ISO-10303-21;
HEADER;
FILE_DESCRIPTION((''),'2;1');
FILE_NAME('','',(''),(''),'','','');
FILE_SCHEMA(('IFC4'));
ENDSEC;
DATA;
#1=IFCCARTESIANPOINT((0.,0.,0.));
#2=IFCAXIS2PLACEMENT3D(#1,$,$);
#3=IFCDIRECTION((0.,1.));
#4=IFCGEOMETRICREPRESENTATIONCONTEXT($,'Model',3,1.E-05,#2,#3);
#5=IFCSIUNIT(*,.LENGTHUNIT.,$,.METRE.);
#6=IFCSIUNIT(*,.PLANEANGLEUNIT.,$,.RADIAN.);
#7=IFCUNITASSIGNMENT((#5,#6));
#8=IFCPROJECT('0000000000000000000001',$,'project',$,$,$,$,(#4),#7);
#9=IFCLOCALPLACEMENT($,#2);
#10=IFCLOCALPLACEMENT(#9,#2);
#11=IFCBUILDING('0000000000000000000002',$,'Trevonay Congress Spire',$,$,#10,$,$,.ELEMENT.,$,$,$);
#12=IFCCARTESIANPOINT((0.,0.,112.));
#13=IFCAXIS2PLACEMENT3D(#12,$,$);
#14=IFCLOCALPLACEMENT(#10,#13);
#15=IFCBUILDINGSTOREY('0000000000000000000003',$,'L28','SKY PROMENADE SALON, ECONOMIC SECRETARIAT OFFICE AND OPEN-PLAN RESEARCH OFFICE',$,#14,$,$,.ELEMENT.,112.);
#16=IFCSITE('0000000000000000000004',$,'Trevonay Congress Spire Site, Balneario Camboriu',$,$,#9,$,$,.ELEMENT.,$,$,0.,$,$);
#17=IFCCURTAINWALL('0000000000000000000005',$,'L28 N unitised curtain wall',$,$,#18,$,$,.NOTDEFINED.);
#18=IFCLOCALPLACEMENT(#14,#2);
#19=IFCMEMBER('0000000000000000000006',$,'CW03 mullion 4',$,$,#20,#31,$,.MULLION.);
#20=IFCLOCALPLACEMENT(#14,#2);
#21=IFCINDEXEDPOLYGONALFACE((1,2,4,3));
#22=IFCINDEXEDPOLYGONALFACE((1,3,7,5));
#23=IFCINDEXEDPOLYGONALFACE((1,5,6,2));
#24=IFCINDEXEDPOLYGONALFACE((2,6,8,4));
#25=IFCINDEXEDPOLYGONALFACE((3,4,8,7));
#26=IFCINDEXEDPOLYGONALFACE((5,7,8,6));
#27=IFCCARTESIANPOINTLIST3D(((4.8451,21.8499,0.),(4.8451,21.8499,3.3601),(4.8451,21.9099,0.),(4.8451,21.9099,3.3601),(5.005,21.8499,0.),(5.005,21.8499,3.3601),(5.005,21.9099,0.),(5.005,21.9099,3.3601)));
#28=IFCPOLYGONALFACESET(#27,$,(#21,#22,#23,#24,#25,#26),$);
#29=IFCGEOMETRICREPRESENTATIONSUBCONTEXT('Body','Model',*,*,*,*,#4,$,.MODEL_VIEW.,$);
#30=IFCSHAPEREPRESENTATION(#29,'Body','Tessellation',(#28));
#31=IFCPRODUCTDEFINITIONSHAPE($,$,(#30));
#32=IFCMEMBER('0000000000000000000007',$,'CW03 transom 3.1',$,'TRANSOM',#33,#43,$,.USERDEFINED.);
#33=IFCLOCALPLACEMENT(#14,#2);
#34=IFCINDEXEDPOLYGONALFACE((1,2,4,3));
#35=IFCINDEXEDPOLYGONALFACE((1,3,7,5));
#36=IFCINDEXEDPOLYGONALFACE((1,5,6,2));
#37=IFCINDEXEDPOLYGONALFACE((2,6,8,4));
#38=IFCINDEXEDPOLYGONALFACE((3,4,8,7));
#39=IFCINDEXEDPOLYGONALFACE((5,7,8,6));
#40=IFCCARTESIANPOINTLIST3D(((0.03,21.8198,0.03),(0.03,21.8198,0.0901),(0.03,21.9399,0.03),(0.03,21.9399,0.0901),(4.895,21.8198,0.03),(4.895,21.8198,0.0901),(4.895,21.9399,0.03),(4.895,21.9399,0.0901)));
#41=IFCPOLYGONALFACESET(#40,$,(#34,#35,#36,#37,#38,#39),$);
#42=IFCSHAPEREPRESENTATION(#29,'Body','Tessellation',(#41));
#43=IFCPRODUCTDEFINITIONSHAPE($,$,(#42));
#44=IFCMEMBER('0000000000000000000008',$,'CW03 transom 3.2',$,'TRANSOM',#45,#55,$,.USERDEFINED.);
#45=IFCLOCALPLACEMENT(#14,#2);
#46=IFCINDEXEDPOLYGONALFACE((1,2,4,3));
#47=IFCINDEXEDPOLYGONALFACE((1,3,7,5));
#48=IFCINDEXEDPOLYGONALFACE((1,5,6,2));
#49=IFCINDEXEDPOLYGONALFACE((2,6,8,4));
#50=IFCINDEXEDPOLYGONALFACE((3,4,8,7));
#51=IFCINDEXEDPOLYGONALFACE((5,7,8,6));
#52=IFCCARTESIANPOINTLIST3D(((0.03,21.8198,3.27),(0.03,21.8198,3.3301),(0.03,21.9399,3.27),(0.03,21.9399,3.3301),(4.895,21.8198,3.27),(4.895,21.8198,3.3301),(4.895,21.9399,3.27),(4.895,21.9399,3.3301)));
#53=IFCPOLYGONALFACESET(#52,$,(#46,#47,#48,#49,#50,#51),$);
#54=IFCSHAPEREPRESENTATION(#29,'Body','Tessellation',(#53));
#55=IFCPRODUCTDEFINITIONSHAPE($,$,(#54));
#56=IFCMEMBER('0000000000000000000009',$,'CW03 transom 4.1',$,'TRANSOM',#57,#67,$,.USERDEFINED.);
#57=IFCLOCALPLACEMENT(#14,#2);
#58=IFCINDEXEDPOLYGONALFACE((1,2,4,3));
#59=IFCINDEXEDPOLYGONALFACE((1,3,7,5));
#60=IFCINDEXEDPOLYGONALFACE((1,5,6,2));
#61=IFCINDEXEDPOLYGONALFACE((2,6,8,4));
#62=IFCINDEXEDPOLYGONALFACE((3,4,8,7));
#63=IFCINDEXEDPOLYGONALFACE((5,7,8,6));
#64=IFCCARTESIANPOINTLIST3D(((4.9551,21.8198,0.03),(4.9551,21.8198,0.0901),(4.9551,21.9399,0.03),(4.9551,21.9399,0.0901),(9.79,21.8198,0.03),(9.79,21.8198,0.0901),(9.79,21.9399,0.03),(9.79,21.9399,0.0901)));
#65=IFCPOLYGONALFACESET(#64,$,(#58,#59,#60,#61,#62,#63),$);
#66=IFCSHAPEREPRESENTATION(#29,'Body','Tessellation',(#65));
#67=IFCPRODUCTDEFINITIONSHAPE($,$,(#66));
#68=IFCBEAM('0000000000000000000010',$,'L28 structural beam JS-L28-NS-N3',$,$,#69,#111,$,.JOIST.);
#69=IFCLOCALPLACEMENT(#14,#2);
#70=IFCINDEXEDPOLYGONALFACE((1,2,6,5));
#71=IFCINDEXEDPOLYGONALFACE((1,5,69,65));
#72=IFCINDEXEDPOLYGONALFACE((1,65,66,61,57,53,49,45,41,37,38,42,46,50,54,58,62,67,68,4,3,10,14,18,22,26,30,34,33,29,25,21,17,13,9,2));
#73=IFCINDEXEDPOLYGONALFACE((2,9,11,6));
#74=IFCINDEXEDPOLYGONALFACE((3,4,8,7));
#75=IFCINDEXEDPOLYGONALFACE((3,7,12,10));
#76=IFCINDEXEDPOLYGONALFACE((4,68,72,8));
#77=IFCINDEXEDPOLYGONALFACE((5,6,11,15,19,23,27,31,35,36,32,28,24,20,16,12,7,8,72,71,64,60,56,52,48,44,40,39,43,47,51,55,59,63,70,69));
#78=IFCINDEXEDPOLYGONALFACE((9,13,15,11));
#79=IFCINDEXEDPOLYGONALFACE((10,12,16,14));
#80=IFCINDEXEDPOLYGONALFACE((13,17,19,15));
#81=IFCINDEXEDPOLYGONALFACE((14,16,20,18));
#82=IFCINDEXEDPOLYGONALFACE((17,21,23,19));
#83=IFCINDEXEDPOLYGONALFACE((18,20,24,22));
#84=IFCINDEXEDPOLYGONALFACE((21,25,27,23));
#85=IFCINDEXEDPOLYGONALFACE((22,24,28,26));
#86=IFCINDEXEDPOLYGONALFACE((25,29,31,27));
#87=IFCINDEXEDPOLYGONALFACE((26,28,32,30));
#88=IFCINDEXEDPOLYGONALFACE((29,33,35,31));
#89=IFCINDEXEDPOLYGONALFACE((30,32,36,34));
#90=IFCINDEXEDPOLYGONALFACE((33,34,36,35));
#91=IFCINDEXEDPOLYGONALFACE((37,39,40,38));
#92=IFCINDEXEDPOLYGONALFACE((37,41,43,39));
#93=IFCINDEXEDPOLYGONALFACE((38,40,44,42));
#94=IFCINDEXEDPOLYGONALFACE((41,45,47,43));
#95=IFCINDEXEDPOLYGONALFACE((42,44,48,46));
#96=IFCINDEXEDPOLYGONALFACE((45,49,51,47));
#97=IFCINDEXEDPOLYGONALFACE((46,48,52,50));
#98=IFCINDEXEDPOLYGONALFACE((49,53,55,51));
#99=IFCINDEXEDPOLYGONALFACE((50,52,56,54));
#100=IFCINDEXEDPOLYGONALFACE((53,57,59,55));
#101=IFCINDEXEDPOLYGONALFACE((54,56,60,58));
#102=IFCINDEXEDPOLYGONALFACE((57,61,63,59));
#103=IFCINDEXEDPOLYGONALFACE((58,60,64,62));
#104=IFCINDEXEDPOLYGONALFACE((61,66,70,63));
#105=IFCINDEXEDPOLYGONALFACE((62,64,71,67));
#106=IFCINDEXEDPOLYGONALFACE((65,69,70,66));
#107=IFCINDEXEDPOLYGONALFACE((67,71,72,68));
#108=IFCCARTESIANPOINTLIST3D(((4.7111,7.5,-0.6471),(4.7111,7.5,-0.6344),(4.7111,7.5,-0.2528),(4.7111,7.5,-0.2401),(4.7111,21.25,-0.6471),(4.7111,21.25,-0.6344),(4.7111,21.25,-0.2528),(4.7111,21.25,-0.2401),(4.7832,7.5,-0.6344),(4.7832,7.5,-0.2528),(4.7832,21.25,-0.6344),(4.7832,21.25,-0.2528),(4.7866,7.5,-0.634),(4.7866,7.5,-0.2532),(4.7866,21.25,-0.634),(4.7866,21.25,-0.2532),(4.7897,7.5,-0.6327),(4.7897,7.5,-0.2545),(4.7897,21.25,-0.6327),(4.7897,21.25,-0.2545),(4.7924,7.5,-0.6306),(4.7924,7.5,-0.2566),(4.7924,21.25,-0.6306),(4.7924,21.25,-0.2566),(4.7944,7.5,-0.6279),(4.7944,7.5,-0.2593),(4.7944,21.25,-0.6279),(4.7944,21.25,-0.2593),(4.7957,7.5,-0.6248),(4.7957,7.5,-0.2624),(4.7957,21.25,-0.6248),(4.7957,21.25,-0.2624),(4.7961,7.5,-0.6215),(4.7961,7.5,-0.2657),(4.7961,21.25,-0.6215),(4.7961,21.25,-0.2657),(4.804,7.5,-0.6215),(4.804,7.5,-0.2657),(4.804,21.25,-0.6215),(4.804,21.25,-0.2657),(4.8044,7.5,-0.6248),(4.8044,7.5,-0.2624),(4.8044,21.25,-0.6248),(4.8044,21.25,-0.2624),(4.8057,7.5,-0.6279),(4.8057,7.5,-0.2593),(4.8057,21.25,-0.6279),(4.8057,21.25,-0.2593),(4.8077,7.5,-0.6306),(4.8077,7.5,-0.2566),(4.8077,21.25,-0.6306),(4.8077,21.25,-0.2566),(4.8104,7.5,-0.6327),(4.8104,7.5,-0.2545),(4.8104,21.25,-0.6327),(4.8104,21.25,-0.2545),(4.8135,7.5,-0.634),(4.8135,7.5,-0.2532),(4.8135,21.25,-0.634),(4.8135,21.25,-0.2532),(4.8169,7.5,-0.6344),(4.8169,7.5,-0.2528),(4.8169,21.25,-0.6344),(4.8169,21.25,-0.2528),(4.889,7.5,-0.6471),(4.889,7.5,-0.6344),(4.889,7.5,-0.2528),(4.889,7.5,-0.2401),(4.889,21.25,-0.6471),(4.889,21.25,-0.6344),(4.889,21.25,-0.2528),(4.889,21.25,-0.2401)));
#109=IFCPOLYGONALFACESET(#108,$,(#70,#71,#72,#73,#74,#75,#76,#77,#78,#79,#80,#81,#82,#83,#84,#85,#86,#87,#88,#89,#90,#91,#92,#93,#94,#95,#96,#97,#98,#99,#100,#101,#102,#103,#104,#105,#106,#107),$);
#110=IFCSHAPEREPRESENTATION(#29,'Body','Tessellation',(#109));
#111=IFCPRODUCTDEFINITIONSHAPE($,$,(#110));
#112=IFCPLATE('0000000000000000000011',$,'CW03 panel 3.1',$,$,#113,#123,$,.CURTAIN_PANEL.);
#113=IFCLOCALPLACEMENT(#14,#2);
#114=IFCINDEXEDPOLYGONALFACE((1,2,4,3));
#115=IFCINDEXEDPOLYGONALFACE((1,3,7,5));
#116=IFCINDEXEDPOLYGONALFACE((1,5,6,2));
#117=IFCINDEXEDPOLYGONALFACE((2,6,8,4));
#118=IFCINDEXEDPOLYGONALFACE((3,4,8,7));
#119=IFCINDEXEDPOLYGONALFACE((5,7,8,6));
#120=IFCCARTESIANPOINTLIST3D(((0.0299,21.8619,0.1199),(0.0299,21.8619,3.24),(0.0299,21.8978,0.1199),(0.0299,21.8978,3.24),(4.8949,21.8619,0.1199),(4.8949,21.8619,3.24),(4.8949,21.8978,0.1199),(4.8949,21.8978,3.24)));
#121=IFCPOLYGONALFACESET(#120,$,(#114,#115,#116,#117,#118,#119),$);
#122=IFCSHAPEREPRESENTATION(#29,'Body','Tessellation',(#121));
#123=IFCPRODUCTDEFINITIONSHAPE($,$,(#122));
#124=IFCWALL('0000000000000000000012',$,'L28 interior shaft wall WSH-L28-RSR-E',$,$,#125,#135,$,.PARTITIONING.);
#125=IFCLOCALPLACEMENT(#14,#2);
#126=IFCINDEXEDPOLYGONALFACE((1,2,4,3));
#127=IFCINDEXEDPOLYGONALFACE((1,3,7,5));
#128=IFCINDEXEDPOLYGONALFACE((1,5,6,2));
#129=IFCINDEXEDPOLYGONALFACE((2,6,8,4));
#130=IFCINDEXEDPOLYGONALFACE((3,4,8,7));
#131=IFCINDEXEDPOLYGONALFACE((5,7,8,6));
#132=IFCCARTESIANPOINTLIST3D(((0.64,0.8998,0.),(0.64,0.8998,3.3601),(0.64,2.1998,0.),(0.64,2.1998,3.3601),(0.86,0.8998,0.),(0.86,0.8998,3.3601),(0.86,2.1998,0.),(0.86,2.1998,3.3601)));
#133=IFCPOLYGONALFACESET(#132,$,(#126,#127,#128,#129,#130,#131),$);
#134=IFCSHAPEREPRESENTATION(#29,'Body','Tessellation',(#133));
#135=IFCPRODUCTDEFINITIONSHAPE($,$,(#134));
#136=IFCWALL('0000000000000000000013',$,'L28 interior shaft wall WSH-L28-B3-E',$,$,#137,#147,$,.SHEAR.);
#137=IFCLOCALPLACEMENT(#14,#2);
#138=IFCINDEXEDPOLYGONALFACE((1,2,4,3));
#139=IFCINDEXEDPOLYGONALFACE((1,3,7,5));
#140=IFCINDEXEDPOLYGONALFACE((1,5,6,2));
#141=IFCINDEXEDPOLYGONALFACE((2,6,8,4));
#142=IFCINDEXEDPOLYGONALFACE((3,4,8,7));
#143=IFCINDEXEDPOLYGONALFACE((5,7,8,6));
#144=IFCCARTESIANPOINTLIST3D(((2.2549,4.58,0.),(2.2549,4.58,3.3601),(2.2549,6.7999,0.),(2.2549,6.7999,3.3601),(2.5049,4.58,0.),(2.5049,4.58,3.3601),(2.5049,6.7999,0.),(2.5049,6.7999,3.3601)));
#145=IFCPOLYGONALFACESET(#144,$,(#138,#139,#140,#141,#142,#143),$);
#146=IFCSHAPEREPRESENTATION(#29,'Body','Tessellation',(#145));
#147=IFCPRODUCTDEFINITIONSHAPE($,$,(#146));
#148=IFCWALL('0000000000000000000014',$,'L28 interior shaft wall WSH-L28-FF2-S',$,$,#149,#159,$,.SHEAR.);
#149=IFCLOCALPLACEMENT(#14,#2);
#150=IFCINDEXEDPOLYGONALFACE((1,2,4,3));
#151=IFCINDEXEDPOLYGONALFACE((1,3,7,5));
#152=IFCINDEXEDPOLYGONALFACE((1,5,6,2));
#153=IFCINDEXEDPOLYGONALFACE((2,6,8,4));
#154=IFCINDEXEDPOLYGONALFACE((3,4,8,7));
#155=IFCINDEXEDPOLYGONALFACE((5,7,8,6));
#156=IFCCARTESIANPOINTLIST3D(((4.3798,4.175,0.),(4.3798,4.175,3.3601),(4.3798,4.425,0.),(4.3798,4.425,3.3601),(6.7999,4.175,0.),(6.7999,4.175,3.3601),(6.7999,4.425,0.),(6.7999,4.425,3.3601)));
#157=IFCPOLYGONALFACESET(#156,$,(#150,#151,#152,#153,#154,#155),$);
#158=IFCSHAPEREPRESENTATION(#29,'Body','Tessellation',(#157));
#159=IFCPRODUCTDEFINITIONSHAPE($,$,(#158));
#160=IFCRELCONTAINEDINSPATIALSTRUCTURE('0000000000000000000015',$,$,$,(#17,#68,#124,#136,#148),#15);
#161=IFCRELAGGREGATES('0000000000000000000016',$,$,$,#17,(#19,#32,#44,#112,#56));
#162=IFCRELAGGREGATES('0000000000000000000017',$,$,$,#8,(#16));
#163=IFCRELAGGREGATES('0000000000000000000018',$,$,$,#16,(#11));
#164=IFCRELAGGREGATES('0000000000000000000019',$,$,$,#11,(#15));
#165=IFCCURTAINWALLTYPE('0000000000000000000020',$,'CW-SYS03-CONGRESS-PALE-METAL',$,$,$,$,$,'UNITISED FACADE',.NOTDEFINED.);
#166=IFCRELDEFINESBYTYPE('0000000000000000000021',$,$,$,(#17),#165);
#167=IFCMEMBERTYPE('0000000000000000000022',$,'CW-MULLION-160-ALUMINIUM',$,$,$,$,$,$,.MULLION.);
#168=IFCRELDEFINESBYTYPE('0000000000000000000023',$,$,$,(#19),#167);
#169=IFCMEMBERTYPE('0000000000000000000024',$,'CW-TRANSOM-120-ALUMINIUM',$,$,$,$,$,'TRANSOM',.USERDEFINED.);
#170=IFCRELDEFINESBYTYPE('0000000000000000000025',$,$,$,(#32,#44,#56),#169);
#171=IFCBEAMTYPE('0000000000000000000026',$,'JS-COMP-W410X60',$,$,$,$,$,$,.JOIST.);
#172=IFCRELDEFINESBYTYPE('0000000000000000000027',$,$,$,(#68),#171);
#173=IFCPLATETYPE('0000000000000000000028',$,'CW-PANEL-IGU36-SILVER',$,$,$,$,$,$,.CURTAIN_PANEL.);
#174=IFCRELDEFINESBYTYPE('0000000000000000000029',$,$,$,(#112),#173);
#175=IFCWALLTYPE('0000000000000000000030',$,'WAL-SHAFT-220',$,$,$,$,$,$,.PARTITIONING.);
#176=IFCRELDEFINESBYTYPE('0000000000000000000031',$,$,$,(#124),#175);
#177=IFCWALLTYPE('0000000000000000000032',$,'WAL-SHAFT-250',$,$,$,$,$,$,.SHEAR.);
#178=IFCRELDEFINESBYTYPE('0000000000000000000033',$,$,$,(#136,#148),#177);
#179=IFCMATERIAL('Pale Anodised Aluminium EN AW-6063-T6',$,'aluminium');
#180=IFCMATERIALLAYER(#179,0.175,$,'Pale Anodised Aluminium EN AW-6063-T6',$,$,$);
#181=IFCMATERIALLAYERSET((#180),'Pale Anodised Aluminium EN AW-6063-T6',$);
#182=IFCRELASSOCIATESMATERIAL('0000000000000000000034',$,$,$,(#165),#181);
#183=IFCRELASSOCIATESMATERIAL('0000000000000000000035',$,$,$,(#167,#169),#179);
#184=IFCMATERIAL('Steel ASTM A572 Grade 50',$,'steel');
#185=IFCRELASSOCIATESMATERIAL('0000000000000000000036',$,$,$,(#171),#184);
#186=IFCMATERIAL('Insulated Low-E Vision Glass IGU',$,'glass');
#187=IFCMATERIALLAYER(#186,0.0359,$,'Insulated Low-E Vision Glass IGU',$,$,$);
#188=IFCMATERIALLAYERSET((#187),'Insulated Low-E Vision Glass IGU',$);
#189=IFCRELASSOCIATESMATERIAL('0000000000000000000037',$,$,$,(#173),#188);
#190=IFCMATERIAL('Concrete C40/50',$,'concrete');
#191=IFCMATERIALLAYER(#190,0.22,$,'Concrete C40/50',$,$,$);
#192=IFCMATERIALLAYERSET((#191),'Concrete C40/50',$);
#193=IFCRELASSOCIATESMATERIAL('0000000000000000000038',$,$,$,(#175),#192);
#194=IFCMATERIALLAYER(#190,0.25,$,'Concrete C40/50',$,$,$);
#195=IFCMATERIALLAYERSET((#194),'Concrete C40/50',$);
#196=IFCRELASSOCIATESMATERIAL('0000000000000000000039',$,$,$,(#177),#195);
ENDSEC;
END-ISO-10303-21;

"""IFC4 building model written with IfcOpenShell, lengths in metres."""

from ifc_helpers import new_model, si_unit, direction, frame, frame_2d, origin, origin_2d, place, context, subcontext, project, spatial, rectangle, i_section, extrude, material, layer, layer_set, material_profile, profile_set, type_object, element, aggregate, save


model = new_model("IFC4")

# Units and contexts
model_context = context("Model", 3, precision=1e-05, world=origin(), true_north=direction((0.0, 1.0)))
body_context = subcontext(model_context, "Body", "Model", "MODEL_VIEW")
ifc_project = project(units=[si_unit("LENGTHUNIT", "METRE"), si_unit("PLANEANGLEUNIT", "RADIAN")], contexts=[model_context])

# Site, building, storey
site_placement = place(None, origin())
site = spatial("IfcSite", under=ifc_project, at=site_placement, Name="Trevonay Congress Spire Site, Balneario Camboriu", CompositionType="ELEMENT", RefElevation=0.0)
building_placement = place(site_placement, origin())
building = spatial("IfcBuilding", under=site, at=building_placement, Name="Trevonay Congress Spire", CompositionType="ELEMENT")
storey_placement = place(building_placement, frame((0.0, 0.0, 112.0)))
storey = spatial("IfcBuildingStorey", under=building, at=storey_placement, Name="L28", Description="SKY PROMENADE SALON, ECONOMIC SECRETARIAT OFFICE AND OPEN-PLAN RESEARCH OFFICE", CompositionType="ELEMENT", Elevation=112.0)

# Shared definitions
ifc_material_1 = material(Name="Steel ASTM A572 Grade 50", Category="steel")

# Curtain wall, members
ifc_material_2 = material(Name="Pale Anodised Aluminium EN AW-6063-T6", Category="aluminium")
ifc_layer_1 = layer(ifc_material_2, 0.175, Name="Pale Anodised Aluminium EN AW-6063-T6")
ifc_layer_set_1 = layer_set([ifc_layer_1], Name="Pale Anodised Aluminium EN AW-6063-T6")
curtain_wall_type = type_object("IfcCurtainWallType", Name="CW-SYS03-CONGRESS-PALE-METAL", ElementType="UNITISED FACADE", PredefinedType="NOTDEFINED", material=ifc_layer_set_1)
curtain_wall_placement = place(storey_placement, origin())
curtain_wall = element("IfcCurtainWall", 1, at=curtain_wall_placement, inside=storey, type_object=curtain_wall_type, Name="L28 N unitised curtain wall", PredefinedType="NOTDEFINED")
ifc_material_profile_1 = material_profile(ifc_material_2, rectangle(XDim=0.0601, YDim=0.1599, at=origin_2d()), Name="CW-MULLION-160-ALUMINIUM")
ifc_profile_set_1 = profile_set([ifc_material_profile_1], Name="Pale Anodised Aluminium EN AW-6063-T6")
member_type_1 = type_object("IfcMemberType", Name="CW-MULLION-160-ALUMINIUM", PredefinedType="MULLION", material=ifc_profile_set_1)
member_1_placement = place(storey_placement, frame((4.925, 21.8799, 0.0), z_axis=(0.0, 0.0, 1.0), x_axis=(0.0, 1.0, 0.0)))
member_1 = element("IfcMember", 2, at=member_1_placement, type_object=member_type_1, Name="CW03 mullion 4", PredefinedType="MULLION", context=body_context, shape_type="SweptSolid", body=[
    extrude(rectangle(XDim=0.0601, YDim=0.1599, at=origin_2d()), origin(), (0.0, 0.0, 1.0), 3.3601),
])
ifc_material_profile_2 = material_profile(ifc_material_2, rectangle(XDim=0.1201, YDim=0.0601, at=origin_2d()), Name="CW-TRANSOM-120-ALUMINIUM")
ifc_profile_set_2 = profile_set([ifc_material_profile_2], Name="Pale Anodised Aluminium EN AW-6063-T6")
member_type_2 = type_object("IfcMemberType", Name="CW-TRANSOM-120-ALUMINIUM", ElementType="TRANSOM", PredefinedType="USERDEFINED", material=ifc_profile_set_2)
member_2_placement = place(storey_placement, frame((0.03, 21.8799, 0.0601), z_axis=(1.0, 0.0, 0.0), x_axis=(0.0, 1.0, 0.0)))
member_2 = element("IfcMember", 3, at=member_2_placement, type_object=member_type_2, Name="CW03 transom 3.1", ObjectType="TRANSOM", PredefinedType="USERDEFINED", context=body_context, shape_type="SweptSolid", body=[
    extrude(rectangle(XDim=0.1201, YDim=0.0601, at=origin_2d()), origin(), (0.0, 0.0, 1.0), 4.865),
])
member_3_placement = place(storey_placement, frame((0.03, 21.8799, 3.3), z_axis=(1.0, 0.0, 0.0), x_axis=(0.0, 1.0, 0.0)))
member_3 = element("IfcMember", 4, at=member_3_placement, type_object=member_type_2, Name="CW03 transom 3.2", ObjectType="TRANSOM", PredefinedType="USERDEFINED", context=body_context, shape_type="SweptSolid", body=[
    extrude(rectangle(XDim=0.1201, YDim=0.0601, at=origin_2d()), origin(), (0.0, 0.0, 1.0), 4.865),
])
member_4_placement = place(storey_placement, frame((4.9551, 21.8799, 0.0601), z_axis=(1.0, 0.0, 0.0), x_axis=(0.0, 1.0, 0.0)))
member_4 = element("IfcMember", 5, at=member_4_placement, type_object=member_type_2, Name="CW03 transom 4.1", ObjectType="TRANSOM", PredefinedType="USERDEFINED", context=body_context, shape_type="SweptSolid", body=[
    extrude(rectangle(XDim=0.1201, YDim=0.0601, at=origin_2d()), origin(), (0.0, 0.0, 1.0), 4.835),
])

# Beam
ifc_material_profile_3 = material_profile(ifc_material_1, i_section(OverallWidth=0.178, OverallDepth=0.407, WebThickness=0.0078, FlangeThickness=0.0127, FilletRadius=0.0129, at=origin_2d()), Name="W410x60")
ifc_profile_set_3 = profile_set([ifc_material_profile_3], Name="Steel ASTM A572 Grade 50")
beam_type_1 = type_object("IfcBeamType", Name="JS-COMP-W410X60", PredefinedType="JOIST", material=ifc_profile_set_3)
beam_1_placement = place(storey_placement, frame((4.8, 7.5, -0.4436), z_axis=(0.0, 1.0, 0.0), x_axis=(-1.0, 0.0, 0.0)))
element("IfcBeam", 6, at=beam_1_placement, inside=storey, type_object=beam_type_1, Name="L28 structural beam JS-L28-NS-N3", PredefinedType="JOIST", context=body_context, shape_type="SweptSolid", body=[
    extrude(i_section(OverallWidth=0.178, OverallDepth=0.407, WebThickness=0.0078, FlangeThickness=0.0127, FilletRadius=0.0129, at=origin_2d()), origin(), (0.0, 0.0, 1.0), 13.75),
])

# Plate
ifc_material_3 = material(Name="Insulated Low-E Vision Glass IGU", Category="glass")
ifc_layer_2 = layer(ifc_material_3, 0.0359, Name="Insulated Low-E Vision Glass IGU")
ifc_layer_set_2 = layer_set([ifc_layer_2], Name="Insulated Low-E Vision Glass IGU")
plate_type = type_object("IfcPlateType", Name="CW-PANEL-IGU36-SILVER", PredefinedType="CURTAIN_PANEL", material=ifc_layer_set_2)
plate_placement = place(storey_placement, frame((2.4624, 21.8799, 0.1199), z_axis=(0.0, 0.0, 1.0), x_axis=(1.0, 0.0, 0.0)))
plate = element("IfcPlate", 7, at=plate_placement, type_object=plate_type, Name="CW03 panel 3.1", PredefinedType="CURTAIN_PANEL", context=body_context, shape_type="SweptSolid", body=[
    extrude(rectangle(XDim=4.865, YDim=0.0359, at=origin_2d()), origin(), (0.0, 0.0, 1.0), 3.1201),
])
aggregate(curtain_wall, [member_1, member_2, member_3, plate, member_4])

# Walls
ifc_material_4 = material(Name="Concrete C40/50", Category="concrete")
ifc_layer_3 = layer(ifc_material_4, 0.22, Name="Concrete C40/50")
ifc_layer_set_3 = layer_set([ifc_layer_3], Name="Concrete C40/50")
wall_type_1 = type_object("IfcWallType", Name="WAL-SHAFT-220", PredefinedType="PARTITIONING", material=ifc_layer_set_3)
wall_1_placement = place(storey_placement, frame((0.75, 0.8999, 0.0), z_axis=(0.0, 0.0, 1.0), x_axis=(0.0, 1.0, 0.0)))
element("IfcWall", 8, at=wall_1_placement, inside=storey, type_object=wall_type_1, Name="L28 interior shaft wall WSH-L28-RSR-E", PredefinedType="PARTITIONING", context=body_context, shape_type="SweptSolid", body=[
    extrude(rectangle(XDim=1.3, YDim=0.22, at=frame_2d((0.6499, 0.0))), origin(), (0.0, 0.0, 1.0), 3.3601),
])
ifc_layer_4 = layer(ifc_material_4, 0.25, Name="Concrete C40/50")
ifc_layer_set_4 = layer_set([ifc_layer_4], Name="Concrete C40/50")
wall_type_2 = type_object("IfcWallType", Name="WAL-SHAFT-250", PredefinedType="SHEAR", material=ifc_layer_set_4)
wall_2_placement = place(storey_placement, frame((2.3799, 4.5801, 0.0), z_axis=(0.0, 0.0, 1.0), x_axis=(0.0, 1.0, 0.0)))
element("IfcWall", 9, at=wall_2_placement, inside=storey, type_object=wall_type_2, Name="L28 interior shaft wall WSH-L28-B3-E", PredefinedType="SHEAR", context=body_context, shape_type="SweptSolid", body=[
    extrude(rectangle(XDim=2.22, YDim=0.25, at=frame_2d((1.1099, 0.0))), origin(), (0.0, 0.0, 1.0), 3.3601),
])
wall_3_placement = place(storey_placement, frame((4.3799, 4.3, 0.0), z_axis=(0.0, 0.0, 1.0), x_axis=(1.0, 0.0, 0.0)))
element("IfcWall", 10, at=wall_3_placement, inside=storey, type_object=wall_type_2, Name="L28 interior shaft wall WSH-L28-FF2-S", PredefinedType="SHEAR", context=body_context, shape_type="SweptSolid", body=[
    extrude(rectangle(XDim=2.4202, YDim=0.25, at=frame_2d((1.21, 0.0))), origin(), (0.0, 0.0, 1.0), 3.3601),
])

save(model, "model.ifc")
